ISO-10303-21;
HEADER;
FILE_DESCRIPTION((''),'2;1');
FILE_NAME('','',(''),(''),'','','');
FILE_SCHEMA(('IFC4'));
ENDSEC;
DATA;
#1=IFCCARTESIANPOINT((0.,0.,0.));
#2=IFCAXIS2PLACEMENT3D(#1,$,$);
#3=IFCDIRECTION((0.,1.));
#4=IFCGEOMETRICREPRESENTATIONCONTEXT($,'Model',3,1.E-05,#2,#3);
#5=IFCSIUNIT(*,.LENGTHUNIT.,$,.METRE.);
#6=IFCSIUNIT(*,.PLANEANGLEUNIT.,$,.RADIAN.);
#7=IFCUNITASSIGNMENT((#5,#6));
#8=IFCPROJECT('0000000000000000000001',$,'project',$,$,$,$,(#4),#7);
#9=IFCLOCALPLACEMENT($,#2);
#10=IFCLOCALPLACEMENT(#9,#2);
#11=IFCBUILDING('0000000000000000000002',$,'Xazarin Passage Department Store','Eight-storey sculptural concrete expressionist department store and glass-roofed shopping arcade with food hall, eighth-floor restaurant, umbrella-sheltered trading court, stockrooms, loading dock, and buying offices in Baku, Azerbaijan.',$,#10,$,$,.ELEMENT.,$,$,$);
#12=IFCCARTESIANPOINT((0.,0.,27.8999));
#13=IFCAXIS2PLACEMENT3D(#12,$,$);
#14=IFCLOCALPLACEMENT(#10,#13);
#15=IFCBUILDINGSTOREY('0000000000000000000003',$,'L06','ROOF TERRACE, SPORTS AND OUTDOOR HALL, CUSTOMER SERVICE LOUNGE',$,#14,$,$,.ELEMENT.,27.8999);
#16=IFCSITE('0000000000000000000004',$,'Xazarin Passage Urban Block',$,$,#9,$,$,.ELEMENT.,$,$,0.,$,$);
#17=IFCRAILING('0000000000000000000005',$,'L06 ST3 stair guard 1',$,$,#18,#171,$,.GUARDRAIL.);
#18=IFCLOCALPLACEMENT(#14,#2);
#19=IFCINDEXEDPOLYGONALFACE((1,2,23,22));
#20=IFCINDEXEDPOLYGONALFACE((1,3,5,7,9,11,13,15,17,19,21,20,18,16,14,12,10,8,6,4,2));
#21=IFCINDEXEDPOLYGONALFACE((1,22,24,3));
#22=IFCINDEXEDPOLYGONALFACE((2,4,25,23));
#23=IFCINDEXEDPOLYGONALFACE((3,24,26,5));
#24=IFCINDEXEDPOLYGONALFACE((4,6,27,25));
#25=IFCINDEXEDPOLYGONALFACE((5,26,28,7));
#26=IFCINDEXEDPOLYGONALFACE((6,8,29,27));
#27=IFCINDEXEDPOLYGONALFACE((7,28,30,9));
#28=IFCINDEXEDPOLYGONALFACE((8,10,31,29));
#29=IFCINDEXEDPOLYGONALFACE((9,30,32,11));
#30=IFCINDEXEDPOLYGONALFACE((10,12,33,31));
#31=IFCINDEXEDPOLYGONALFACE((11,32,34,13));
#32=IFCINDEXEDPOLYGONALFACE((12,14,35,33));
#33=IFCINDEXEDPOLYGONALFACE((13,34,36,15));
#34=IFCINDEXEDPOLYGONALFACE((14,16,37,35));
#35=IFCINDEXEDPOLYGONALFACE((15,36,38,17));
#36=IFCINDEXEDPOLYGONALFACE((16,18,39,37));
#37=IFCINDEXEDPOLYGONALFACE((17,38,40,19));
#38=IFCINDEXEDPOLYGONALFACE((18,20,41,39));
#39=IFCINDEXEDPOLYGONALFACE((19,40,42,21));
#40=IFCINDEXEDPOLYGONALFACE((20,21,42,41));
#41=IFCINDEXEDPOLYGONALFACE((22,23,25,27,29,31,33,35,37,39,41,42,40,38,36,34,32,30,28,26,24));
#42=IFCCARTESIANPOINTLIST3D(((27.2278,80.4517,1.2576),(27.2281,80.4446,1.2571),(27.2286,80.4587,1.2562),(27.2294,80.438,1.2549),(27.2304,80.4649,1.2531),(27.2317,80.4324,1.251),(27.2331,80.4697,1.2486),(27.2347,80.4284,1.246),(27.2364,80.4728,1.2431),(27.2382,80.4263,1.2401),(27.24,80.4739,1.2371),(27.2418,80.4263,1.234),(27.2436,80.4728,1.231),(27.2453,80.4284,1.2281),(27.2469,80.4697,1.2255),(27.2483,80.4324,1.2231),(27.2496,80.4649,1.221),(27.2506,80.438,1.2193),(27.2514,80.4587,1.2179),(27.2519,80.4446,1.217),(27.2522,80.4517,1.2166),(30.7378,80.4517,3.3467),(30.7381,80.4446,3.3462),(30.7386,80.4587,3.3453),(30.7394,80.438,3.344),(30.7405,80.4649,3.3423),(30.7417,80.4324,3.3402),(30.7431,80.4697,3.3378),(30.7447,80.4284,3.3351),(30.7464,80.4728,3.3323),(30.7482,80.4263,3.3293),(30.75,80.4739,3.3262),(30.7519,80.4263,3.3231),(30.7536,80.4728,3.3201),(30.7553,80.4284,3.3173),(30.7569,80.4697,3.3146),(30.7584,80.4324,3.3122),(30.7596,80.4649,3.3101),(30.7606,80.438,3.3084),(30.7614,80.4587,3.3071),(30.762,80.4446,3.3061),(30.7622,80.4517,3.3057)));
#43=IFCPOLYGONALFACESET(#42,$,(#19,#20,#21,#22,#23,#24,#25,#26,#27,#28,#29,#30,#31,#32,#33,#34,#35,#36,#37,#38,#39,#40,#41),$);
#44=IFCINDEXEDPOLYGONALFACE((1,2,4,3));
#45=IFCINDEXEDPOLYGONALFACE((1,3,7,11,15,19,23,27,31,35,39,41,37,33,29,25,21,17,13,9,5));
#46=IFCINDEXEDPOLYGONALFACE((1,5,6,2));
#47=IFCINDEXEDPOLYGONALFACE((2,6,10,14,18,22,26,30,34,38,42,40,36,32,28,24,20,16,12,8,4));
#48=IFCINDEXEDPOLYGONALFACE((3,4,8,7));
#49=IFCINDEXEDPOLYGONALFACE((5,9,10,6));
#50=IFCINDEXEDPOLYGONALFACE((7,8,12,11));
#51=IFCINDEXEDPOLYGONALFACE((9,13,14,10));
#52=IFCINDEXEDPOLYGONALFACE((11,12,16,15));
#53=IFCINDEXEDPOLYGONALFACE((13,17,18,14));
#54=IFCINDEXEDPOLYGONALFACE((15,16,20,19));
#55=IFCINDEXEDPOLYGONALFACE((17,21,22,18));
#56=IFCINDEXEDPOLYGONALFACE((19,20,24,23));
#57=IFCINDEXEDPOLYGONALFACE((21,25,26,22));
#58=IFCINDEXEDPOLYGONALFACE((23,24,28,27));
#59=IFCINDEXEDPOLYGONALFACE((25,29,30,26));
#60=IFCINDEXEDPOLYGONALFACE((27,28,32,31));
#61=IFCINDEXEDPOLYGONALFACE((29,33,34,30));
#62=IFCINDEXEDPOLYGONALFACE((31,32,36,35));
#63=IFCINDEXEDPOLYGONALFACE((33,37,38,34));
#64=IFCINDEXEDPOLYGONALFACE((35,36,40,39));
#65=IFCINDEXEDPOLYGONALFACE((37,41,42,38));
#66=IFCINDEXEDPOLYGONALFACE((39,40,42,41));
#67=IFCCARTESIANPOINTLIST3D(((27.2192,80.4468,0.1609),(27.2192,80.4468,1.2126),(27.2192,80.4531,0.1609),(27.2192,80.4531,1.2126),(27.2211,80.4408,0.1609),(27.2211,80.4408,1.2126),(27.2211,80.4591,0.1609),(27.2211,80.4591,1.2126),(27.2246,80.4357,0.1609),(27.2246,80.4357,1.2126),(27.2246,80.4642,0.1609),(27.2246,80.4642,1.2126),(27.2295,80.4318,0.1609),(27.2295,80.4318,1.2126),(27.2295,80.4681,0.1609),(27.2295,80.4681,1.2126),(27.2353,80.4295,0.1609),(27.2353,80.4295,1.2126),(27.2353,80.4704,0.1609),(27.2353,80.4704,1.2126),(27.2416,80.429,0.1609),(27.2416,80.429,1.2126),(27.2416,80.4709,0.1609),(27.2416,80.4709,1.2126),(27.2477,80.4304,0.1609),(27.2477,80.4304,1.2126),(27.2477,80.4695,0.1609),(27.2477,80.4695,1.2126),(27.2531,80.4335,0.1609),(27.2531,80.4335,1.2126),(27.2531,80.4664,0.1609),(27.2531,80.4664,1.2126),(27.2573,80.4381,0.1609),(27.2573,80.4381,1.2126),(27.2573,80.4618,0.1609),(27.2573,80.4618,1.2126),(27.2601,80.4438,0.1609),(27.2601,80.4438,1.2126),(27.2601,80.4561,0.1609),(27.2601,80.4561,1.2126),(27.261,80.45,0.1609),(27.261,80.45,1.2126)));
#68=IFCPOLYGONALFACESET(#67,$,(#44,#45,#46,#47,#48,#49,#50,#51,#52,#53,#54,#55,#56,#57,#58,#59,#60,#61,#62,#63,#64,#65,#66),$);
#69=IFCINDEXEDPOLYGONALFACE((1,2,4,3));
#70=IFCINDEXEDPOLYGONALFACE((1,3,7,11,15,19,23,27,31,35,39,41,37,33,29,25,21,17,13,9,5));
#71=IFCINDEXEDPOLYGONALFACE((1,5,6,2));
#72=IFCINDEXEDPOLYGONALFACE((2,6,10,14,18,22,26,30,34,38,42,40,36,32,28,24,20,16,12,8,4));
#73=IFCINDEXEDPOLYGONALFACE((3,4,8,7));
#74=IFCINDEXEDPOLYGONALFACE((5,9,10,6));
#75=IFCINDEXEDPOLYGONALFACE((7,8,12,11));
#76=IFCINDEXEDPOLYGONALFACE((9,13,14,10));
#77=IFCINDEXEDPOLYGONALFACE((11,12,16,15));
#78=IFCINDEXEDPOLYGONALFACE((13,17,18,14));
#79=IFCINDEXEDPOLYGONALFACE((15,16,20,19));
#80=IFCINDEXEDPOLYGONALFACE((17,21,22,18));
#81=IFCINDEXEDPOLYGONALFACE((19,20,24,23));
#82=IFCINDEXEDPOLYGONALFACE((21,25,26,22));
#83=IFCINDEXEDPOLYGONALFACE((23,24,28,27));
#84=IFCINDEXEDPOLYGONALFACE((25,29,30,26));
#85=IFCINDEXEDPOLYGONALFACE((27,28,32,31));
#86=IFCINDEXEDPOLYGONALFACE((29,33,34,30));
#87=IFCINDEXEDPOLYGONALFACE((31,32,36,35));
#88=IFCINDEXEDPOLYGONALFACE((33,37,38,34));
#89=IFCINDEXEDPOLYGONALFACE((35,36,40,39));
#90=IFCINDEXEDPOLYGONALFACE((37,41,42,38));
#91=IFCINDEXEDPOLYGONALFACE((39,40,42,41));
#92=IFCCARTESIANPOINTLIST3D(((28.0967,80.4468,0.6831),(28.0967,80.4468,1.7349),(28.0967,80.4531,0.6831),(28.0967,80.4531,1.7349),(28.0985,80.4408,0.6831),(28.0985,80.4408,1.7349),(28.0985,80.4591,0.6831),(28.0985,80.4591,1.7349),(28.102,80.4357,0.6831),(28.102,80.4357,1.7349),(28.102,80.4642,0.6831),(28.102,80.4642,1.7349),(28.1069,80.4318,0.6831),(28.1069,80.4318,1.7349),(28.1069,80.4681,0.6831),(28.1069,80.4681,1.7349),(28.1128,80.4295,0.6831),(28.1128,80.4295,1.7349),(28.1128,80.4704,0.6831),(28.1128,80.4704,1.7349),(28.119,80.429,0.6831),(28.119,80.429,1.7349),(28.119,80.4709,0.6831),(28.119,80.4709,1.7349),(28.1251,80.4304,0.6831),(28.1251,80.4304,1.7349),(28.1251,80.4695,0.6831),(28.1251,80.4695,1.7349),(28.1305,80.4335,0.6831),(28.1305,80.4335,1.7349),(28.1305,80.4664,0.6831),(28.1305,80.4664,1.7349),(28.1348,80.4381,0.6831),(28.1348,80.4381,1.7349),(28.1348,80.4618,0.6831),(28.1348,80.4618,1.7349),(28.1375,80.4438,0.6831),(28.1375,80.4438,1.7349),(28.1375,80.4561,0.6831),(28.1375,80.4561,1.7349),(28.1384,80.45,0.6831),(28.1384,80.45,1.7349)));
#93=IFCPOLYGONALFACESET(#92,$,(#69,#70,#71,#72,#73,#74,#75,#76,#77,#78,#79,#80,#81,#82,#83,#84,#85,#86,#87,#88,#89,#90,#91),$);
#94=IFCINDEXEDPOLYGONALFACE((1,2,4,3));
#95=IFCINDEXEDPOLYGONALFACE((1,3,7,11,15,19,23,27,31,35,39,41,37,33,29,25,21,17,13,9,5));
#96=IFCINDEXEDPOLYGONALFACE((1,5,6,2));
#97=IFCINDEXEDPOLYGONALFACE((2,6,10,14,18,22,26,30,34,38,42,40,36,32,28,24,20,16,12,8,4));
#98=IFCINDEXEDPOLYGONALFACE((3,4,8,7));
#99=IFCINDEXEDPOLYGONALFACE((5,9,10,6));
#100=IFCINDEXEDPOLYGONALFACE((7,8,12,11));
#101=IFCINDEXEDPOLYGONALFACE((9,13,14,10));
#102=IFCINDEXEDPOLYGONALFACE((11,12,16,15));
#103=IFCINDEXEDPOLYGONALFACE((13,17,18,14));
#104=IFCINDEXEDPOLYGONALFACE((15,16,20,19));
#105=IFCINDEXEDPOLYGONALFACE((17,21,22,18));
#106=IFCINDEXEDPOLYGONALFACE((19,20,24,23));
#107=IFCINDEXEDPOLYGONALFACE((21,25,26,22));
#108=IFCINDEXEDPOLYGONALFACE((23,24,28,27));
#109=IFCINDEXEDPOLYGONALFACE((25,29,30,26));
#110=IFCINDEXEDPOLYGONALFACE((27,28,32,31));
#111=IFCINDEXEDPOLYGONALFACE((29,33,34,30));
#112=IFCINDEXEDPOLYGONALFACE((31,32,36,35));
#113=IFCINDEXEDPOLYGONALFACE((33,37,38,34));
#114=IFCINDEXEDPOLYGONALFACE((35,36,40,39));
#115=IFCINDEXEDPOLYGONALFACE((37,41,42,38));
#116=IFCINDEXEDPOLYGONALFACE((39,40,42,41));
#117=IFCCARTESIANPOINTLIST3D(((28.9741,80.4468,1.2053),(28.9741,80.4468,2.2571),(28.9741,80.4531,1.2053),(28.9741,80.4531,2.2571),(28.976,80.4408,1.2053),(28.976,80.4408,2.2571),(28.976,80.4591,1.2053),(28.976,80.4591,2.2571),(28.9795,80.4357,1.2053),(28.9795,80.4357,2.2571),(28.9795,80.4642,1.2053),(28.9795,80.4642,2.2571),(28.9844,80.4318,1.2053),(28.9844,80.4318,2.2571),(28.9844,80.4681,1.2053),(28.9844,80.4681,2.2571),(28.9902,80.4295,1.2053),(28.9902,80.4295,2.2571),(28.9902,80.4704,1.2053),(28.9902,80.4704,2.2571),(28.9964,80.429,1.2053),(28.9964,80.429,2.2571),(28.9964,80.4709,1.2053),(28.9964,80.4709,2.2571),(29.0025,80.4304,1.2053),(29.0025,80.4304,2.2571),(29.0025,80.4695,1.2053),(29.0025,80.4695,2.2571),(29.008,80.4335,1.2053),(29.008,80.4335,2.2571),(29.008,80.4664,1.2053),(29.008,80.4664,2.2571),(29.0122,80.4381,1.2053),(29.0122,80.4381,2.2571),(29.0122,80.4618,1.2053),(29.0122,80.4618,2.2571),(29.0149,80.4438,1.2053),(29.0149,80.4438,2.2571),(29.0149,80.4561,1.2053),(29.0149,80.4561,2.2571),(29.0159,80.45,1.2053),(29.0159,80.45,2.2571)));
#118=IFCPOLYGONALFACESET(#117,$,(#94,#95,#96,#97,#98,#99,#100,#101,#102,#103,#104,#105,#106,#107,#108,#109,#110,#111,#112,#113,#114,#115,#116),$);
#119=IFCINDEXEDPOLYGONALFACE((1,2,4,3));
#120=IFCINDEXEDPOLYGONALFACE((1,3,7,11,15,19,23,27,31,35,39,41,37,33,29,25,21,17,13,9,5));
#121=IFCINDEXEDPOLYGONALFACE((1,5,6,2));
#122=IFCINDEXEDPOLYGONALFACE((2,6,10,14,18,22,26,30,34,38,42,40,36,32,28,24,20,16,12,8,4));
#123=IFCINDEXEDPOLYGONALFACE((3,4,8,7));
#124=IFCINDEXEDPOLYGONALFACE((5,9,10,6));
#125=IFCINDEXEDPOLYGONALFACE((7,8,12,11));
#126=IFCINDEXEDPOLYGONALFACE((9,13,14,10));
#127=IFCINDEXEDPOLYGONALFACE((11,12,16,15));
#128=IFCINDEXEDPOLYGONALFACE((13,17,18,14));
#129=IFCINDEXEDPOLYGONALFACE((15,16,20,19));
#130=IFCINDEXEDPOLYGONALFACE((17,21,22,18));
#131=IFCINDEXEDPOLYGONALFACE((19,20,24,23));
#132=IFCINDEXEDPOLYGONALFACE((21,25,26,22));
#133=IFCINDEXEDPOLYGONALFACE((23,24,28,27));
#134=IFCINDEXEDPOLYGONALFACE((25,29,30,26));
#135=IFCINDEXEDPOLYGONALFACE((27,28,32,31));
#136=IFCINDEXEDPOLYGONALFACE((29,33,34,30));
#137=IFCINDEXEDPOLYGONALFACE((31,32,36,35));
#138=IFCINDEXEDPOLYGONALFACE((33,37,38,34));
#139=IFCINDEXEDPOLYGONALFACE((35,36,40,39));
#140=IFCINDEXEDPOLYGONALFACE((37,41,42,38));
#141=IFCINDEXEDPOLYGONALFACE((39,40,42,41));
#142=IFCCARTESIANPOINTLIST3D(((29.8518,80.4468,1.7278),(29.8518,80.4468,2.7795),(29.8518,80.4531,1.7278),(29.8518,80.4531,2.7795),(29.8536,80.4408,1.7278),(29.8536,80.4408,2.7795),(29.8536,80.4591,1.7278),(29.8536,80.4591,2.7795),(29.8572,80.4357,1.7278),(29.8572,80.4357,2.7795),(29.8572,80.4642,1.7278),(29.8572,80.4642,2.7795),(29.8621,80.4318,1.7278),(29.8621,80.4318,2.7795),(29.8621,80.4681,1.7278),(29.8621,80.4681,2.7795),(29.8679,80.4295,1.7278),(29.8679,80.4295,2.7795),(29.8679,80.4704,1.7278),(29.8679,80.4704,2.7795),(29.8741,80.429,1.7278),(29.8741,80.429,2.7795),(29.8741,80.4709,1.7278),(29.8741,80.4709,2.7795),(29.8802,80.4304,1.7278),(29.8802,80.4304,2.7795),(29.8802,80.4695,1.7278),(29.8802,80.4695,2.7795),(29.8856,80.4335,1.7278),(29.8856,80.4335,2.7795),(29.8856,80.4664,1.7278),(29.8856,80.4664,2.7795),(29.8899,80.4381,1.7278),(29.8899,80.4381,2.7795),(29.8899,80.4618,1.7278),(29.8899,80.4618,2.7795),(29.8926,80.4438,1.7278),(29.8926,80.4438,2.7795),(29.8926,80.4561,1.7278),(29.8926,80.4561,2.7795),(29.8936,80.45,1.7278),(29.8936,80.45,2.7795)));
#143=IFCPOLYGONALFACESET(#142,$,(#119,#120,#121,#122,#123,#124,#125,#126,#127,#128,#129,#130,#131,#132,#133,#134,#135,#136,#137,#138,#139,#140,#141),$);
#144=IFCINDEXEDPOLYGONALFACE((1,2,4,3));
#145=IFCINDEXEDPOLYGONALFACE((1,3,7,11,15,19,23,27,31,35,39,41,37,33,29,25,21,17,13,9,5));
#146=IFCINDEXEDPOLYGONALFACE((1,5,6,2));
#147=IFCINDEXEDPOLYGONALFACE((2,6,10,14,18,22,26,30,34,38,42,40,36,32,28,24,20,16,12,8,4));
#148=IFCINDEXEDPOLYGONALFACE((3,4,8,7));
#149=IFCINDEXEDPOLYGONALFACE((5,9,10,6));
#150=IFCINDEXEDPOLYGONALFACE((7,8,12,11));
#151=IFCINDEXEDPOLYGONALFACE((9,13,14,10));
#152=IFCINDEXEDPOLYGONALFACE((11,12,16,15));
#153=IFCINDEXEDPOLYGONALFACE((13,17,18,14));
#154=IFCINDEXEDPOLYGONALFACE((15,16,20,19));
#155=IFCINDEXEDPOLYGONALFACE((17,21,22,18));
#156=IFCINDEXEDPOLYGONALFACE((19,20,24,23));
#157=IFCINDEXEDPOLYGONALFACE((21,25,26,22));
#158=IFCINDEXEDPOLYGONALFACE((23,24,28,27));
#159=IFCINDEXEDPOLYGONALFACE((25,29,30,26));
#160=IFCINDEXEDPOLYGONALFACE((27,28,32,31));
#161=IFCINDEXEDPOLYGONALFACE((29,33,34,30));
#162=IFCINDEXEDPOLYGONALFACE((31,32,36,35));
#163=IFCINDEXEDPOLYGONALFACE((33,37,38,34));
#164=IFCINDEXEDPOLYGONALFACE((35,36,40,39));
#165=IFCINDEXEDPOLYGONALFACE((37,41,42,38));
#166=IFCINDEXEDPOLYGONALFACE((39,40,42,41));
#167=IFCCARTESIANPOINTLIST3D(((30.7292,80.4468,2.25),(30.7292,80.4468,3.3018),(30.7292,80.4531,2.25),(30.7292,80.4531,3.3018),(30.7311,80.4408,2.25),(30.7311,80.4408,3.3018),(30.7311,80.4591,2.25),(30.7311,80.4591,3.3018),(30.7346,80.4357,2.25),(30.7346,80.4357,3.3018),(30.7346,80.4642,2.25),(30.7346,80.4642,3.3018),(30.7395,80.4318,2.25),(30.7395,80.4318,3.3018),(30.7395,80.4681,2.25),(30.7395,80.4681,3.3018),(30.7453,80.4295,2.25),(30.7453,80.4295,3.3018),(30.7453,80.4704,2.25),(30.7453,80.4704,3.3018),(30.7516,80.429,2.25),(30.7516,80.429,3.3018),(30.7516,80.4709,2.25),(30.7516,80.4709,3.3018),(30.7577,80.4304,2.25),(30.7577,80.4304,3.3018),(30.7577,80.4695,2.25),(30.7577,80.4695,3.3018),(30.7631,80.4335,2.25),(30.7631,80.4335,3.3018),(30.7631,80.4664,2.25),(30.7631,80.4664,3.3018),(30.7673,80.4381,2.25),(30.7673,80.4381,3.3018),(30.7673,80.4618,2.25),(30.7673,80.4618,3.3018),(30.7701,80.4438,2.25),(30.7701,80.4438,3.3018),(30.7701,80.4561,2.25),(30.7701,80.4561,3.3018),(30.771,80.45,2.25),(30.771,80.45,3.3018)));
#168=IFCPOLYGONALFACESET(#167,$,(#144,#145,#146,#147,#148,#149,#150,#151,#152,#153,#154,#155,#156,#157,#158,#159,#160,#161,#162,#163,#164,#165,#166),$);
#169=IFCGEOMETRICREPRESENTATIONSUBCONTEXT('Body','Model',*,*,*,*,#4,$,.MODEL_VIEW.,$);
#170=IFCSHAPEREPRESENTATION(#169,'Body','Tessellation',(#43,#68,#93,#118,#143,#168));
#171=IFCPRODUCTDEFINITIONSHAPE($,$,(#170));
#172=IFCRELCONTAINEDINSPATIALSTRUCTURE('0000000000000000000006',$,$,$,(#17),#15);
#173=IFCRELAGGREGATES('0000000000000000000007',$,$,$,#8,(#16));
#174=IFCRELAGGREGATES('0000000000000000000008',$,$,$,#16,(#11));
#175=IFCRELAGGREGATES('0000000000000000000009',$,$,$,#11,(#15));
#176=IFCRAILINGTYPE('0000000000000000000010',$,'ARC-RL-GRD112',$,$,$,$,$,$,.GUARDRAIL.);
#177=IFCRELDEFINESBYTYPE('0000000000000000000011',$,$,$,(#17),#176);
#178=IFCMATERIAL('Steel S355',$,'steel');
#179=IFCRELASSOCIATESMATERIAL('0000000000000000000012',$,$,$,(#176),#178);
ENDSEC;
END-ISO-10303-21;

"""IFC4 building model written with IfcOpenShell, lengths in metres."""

from ifc_helpers import new_model, si_unit, direction, frame, origin, origin_2d, place, context, subcontext, project, spatial, circle, extrude, material, type_object, element, save


model = new_model("IFC4")

# Units and contexts
model_context = context("Model", 3, precision=1e-05, world=origin(), true_north=direction((0.0, 1.0)))
body_context = subcontext(model_context, "Body", "Model", "MODEL_VIEW")
ifc_project = project(units=[si_unit("LENGTHUNIT", "METRE"), si_unit("PLANEANGLEUNIT", "RADIAN")], contexts=[model_context])

# Site, building, storey
site_placement = place(None, origin())
site = spatial("IfcSite", under=ifc_project, at=site_placement, Name="Xazarin Passage Urban Block", CompositionType="ELEMENT", RefElevation=0.0)
building_placement = place(site_placement, origin())
building = spatial("IfcBuilding", under=site, at=building_placement, Name="Xazarin Passage Department Store", Description="Eight-storey sculptural concrete expressionist department store and glass-roofed shopping arcade with food hall, eighth-floor restaurant, umbrella-sheltered trading court, stockrooms, loading dock, and buying offices in Baku, Azerbaijan.", CompositionType="ELEMENT")
storey_placement = place(building_placement, frame((0.0, 0.0, 27.8999)))
storey = spatial("IfcBuildingStorey", under=building, at=storey_placement, Name="L06", Description="ROOF TERRACE, SPORTS AND OUTDOOR HALL, CUSTOMER SERVICE LOUNGE", CompositionType="ELEMENT", Elevation=27.8999)

# Shared definitions
ifc_material_1 = material(Name="Steel S355", Category="steel")

# Railing
railing_type_1 = type_object("IfcRailingType", Name="ARC-RL-GRD112", PredefinedType="GUARDRAIL", material=ifc_material_1)
railing_1_placement = place(storey_placement, frame((27.24, 80.45, 0.1609)))
element("IfcRailing", 1, at=railing_1_placement, inside=storey, type_object=railing_type_1, Name="L06 ST3 stair guard 1", PredefinedType="GUARDRAIL", context=body_context, shape_type="SweptSolid", body=[
    extrude(circle(Radius=0.0239, at=origin_2d()), frame((0.0, 0.0, 1.0762), z_axis=(0.859312, 0.0, 0.511451), x_axis=(0.0, 1.0, 0.0)), (0.0, 0.0, 1.0), 4.0847),
    extrude(circle(Radius=0.021, at=origin_2d()), origin(), (0.0, 0.0, 1.0), 1.0518),
    extrude(circle(Radius=0.021, at=origin_2d()), frame((0.8774, 0.0, 0.5222)), (0.0, 0.0, 1.0), 1.0518),
    extrude(circle(Radius=0.021, at=origin_2d()), frame((1.7549, 0.0, 1.0444)), (0.0, 0.0, 1.0), 1.0518),
    extrude(circle(Radius=0.021, at=origin_2d()), frame((2.6326, 0.0, 1.5669)), (0.0, 0.0, 1.0), 1.0518),
    extrude(circle(Radius=0.021, at=origin_2d()), frame((3.51, 0.0, 2.0891)), (0.0, 0.0, 1.0), 1.0518),
])

save(model, "model.ifc")
